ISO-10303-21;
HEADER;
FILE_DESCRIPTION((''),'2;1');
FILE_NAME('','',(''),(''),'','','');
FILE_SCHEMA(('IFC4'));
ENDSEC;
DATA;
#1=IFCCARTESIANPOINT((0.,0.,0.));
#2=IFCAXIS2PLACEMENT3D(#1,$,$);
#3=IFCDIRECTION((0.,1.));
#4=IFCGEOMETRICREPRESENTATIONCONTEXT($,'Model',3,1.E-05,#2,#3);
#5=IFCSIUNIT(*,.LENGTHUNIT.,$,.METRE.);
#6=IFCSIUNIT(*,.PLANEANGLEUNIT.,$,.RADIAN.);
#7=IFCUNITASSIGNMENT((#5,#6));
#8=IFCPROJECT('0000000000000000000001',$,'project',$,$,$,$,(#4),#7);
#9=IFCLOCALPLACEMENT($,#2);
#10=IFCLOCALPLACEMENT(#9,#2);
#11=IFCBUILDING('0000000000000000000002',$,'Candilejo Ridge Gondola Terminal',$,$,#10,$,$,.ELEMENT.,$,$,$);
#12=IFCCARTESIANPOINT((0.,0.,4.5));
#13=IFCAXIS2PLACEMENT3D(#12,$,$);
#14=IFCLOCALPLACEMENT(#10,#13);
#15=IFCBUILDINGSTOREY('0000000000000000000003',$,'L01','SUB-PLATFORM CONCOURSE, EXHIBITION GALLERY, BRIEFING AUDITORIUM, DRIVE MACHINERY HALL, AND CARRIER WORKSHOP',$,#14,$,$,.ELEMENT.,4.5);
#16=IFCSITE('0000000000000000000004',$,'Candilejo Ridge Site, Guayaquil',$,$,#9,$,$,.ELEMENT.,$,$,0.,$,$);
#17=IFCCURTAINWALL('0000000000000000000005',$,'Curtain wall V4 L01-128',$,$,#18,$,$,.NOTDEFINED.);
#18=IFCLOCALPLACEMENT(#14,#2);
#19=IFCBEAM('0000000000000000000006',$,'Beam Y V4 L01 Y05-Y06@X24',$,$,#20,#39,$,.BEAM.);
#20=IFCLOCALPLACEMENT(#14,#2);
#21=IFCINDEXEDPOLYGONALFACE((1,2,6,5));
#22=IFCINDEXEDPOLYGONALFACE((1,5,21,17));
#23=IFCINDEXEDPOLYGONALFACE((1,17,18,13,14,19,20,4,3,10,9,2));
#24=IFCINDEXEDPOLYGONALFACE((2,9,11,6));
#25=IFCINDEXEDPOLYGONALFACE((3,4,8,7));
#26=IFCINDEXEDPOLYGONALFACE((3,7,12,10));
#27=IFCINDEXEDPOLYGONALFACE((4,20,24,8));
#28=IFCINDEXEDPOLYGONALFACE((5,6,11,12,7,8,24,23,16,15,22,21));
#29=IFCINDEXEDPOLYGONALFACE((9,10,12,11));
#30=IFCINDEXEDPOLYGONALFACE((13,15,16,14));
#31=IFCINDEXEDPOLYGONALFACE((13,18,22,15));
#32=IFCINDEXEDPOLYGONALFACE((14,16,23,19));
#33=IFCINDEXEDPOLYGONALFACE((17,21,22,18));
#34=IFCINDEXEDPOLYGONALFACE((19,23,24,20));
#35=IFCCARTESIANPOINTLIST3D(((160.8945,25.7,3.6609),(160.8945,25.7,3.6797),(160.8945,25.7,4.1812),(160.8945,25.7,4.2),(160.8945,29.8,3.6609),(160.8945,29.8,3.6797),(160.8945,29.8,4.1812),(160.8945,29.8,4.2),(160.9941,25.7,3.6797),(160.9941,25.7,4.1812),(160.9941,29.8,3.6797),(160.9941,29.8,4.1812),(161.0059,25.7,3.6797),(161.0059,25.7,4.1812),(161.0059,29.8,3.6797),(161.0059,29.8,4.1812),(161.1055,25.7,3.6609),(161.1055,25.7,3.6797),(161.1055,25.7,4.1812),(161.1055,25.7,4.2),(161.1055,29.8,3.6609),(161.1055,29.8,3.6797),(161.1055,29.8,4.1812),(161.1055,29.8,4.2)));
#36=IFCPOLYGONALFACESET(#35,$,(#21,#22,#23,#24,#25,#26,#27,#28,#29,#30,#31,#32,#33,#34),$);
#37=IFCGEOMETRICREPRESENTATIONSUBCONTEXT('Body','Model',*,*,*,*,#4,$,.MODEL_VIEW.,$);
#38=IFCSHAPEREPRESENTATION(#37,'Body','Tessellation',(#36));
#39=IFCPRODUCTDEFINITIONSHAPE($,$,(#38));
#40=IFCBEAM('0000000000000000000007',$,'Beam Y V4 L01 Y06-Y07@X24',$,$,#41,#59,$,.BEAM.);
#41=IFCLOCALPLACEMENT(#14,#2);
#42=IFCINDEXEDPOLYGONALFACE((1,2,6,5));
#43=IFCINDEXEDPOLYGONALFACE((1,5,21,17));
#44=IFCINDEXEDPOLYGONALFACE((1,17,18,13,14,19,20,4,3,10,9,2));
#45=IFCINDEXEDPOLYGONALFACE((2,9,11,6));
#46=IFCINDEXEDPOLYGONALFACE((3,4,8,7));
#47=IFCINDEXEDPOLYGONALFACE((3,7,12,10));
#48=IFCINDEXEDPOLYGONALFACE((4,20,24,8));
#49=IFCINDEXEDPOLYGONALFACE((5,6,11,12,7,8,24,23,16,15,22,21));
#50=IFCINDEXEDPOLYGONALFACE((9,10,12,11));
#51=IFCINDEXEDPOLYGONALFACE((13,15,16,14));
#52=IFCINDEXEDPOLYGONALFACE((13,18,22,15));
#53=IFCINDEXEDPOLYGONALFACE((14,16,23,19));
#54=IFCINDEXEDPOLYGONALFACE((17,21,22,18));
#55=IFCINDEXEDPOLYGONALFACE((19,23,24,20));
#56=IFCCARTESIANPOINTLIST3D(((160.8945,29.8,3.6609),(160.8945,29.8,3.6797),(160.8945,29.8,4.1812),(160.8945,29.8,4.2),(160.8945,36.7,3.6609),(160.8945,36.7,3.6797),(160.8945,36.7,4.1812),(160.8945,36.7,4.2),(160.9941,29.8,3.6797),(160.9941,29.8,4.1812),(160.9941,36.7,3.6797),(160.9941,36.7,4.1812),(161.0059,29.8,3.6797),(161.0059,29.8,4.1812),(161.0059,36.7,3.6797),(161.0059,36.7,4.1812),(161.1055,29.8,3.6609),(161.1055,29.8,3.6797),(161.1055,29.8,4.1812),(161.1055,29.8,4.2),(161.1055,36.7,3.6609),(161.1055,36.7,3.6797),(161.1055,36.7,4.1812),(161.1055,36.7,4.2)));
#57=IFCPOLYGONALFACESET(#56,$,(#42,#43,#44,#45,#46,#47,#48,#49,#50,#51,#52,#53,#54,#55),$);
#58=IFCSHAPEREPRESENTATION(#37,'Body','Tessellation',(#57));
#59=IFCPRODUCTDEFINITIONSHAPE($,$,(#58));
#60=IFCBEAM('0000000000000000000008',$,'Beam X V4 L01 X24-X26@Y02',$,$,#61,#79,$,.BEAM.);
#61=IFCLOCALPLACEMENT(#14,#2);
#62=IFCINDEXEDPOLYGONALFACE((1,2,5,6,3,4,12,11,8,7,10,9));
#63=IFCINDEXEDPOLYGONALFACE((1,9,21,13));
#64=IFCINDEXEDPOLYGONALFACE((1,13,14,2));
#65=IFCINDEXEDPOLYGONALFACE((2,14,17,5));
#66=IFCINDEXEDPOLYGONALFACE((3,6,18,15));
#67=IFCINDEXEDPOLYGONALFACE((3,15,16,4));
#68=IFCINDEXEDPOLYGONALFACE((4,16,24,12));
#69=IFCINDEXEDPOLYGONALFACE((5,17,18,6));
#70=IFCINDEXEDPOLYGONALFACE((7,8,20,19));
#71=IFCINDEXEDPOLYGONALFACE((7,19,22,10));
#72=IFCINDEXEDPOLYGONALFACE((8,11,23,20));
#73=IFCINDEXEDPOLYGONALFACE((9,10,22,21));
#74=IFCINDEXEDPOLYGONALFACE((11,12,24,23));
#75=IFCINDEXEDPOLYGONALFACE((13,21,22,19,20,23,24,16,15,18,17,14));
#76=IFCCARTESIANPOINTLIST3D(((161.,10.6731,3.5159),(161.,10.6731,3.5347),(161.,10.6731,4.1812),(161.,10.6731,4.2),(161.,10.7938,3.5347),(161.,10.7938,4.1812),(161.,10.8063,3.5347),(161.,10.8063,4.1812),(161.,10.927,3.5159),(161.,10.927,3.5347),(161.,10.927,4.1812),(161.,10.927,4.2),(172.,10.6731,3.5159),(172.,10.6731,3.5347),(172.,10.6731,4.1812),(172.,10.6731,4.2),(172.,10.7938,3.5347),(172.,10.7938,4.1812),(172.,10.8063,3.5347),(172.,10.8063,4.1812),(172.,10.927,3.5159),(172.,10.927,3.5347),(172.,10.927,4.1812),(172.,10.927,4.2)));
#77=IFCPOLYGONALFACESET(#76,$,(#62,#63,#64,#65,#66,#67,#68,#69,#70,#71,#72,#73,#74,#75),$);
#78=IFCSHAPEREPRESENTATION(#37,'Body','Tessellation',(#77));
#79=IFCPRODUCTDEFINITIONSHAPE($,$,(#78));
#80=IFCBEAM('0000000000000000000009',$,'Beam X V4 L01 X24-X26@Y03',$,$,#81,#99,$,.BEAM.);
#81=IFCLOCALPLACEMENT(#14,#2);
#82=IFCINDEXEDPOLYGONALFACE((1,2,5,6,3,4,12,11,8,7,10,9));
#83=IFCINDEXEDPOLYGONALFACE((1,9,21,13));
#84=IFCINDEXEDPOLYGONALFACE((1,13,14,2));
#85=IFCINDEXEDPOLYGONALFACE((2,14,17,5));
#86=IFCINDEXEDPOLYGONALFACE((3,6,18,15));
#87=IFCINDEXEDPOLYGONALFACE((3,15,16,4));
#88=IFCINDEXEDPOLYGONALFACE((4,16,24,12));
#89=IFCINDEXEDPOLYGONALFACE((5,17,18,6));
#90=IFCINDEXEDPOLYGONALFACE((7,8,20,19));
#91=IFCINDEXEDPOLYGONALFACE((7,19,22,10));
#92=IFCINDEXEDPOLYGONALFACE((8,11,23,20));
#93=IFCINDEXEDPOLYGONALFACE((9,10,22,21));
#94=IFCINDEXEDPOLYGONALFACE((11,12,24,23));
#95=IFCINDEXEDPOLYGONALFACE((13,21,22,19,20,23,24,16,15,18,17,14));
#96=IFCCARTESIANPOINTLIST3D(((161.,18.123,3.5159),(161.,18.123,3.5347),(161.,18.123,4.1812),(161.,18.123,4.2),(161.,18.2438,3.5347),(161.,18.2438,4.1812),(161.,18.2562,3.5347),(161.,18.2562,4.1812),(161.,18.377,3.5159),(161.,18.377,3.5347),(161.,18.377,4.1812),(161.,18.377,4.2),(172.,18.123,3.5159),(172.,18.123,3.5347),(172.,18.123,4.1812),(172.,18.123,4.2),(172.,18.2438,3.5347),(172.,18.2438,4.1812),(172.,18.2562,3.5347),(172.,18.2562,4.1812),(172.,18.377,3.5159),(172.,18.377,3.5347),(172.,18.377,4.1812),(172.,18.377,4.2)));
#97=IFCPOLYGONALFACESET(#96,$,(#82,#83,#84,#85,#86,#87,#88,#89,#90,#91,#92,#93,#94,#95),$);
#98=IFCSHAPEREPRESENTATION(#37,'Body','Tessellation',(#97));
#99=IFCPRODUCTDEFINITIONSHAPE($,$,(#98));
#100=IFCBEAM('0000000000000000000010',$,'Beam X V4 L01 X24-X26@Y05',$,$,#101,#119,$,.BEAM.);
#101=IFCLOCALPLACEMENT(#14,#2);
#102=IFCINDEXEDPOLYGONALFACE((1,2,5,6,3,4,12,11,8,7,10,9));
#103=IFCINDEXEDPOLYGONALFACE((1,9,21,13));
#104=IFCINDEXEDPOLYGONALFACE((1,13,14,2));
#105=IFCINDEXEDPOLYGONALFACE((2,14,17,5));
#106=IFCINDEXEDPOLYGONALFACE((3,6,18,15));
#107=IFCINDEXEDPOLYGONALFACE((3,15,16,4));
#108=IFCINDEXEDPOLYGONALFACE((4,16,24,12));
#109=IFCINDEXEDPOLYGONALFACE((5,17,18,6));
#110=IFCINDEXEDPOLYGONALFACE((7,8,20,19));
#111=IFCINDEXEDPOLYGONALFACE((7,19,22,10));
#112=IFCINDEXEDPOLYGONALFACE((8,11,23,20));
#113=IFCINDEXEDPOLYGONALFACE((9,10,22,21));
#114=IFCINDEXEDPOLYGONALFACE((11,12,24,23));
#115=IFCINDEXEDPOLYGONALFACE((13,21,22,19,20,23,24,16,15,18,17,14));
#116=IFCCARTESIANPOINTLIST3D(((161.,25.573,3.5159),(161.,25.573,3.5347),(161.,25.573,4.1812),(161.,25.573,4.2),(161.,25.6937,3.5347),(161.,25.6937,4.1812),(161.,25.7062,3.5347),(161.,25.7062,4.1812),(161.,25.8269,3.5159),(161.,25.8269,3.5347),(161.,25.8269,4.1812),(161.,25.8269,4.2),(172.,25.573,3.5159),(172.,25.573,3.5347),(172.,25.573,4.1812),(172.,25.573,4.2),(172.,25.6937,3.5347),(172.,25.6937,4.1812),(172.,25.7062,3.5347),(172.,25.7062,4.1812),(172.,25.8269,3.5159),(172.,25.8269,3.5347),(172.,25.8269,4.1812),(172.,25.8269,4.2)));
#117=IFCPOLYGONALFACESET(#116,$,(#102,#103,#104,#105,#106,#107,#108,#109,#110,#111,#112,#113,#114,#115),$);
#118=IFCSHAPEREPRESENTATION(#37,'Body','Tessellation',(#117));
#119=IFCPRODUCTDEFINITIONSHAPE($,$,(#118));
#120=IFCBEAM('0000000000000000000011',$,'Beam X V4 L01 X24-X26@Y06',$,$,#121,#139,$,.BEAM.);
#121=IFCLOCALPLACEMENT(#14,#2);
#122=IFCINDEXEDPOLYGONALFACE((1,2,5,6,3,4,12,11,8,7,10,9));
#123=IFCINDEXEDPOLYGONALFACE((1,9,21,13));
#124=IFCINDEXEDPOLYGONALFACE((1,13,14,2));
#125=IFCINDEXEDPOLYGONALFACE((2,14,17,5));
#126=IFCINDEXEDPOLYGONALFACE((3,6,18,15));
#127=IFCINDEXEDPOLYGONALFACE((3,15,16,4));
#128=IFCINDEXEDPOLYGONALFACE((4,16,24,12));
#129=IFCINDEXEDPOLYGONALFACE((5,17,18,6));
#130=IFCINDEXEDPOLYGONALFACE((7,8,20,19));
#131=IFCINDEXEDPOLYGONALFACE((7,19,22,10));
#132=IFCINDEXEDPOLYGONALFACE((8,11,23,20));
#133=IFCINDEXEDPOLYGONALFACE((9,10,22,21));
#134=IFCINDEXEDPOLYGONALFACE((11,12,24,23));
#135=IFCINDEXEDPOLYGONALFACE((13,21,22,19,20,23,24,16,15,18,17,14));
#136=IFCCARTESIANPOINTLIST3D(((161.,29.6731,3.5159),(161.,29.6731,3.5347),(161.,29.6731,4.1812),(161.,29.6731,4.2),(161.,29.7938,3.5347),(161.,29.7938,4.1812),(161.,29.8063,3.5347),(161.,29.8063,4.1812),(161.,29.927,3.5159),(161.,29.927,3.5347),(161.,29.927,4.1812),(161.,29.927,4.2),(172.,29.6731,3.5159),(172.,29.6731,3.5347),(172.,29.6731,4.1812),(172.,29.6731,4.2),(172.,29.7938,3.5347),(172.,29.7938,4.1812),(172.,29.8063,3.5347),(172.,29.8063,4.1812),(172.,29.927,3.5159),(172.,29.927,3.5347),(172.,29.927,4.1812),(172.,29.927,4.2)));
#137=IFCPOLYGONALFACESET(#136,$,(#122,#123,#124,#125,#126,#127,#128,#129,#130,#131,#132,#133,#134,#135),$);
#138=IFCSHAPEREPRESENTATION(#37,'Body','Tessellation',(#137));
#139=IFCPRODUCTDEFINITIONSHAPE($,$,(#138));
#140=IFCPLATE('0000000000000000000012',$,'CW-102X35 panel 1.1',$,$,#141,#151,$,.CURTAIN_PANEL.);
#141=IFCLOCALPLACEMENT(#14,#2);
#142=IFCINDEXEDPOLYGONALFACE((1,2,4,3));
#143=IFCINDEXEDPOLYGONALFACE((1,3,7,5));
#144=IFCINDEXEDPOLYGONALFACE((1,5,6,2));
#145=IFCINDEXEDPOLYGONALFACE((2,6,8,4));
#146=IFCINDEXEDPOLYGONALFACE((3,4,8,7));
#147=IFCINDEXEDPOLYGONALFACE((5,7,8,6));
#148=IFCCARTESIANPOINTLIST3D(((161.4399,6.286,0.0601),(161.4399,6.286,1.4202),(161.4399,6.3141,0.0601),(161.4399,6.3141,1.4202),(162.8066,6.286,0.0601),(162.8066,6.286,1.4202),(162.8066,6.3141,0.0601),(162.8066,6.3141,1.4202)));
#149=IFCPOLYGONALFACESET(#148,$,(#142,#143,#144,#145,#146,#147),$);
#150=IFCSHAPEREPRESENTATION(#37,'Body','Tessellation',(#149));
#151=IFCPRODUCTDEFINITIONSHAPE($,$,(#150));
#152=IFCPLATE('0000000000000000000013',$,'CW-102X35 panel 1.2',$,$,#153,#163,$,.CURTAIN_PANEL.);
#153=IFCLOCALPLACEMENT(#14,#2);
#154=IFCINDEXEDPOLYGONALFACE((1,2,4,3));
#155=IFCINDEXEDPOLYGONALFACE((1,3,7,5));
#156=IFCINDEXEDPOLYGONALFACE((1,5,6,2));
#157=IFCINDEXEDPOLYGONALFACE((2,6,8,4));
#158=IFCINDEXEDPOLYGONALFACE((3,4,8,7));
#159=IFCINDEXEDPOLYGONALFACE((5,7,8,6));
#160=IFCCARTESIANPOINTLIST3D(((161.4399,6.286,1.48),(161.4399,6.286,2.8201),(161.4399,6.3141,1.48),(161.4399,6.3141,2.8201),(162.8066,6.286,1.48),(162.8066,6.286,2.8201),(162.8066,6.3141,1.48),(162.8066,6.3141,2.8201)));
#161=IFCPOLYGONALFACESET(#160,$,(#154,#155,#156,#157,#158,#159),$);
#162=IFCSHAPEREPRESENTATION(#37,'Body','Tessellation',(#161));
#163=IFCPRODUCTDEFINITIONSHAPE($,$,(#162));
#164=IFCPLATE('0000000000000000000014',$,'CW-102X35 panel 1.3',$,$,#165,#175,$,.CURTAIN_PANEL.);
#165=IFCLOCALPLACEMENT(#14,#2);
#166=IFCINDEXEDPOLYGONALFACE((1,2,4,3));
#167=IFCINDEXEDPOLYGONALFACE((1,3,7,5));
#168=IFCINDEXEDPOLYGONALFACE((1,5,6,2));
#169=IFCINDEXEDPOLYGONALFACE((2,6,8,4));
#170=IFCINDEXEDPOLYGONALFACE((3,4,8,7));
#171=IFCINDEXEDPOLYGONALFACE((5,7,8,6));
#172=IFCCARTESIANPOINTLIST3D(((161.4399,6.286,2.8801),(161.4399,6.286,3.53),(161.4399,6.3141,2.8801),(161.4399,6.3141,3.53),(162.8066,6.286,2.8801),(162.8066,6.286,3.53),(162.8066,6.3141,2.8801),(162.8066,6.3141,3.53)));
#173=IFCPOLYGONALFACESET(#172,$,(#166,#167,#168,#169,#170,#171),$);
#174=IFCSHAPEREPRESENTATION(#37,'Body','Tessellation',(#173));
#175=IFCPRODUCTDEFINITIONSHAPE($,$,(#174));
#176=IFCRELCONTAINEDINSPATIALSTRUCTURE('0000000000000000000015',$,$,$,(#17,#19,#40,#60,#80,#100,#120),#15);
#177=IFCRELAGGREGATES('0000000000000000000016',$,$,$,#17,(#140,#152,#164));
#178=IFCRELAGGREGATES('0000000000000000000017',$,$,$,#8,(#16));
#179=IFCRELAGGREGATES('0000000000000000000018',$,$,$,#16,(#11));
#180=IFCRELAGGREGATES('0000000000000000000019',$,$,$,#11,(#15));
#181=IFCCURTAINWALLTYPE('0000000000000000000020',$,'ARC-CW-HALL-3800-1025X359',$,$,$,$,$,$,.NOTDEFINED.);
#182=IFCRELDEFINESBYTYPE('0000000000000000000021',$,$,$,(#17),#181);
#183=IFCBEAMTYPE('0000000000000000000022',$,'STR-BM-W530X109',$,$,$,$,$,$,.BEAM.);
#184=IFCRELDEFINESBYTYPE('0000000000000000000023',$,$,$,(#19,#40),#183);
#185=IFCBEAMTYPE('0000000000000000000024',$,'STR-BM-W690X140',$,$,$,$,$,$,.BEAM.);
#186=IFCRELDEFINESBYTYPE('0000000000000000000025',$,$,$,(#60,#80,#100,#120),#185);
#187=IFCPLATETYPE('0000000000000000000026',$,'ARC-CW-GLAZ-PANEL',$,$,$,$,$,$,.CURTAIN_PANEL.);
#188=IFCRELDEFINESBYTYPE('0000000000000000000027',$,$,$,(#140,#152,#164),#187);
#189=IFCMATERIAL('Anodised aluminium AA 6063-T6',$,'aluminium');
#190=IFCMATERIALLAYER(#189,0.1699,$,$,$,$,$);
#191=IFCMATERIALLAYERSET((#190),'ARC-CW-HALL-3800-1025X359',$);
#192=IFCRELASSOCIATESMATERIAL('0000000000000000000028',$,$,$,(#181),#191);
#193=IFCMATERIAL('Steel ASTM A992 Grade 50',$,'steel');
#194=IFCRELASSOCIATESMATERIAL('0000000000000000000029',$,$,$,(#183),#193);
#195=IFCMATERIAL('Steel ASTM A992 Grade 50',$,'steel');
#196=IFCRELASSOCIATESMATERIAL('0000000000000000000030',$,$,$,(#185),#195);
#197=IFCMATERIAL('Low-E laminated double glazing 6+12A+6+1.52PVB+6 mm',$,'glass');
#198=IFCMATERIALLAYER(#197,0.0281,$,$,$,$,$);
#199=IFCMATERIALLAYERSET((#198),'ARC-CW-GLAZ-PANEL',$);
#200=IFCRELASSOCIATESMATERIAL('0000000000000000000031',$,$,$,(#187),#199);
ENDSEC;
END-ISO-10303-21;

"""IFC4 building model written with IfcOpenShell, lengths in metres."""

from ifc_helpers import new_model, si_unit, direction, frame, origin, origin_2d, place, context, subcontext, project, spatial, rectangle, i_section, extrude, material, layer, layer_set, material_profile, profile_set, type_object, element, aggregate, save


model = new_model("IFC4")

# Units and contexts
model_context = context("Model", 3, precision=1e-05, world=origin(), true_north=direction((0.0, 1.0)))
body_context = subcontext(model_context, "Body", "Model", "MODEL_VIEW")
ifc_project = project(units=[si_unit("LENGTHUNIT", "METRE"), si_unit("PLANEANGLEUNIT", "RADIAN")], contexts=[model_context])

# Site, building, storey
site_placement = place(None, origin())
site = spatial("IfcSite", under=ifc_project, at=site_placement, Name="Candilejo Ridge Site, Guayaquil", CompositionType="ELEMENT", RefElevation=0.0)
building_placement = place(site_placement, origin())
building = spatial("IfcBuilding", under=site, at=building_placement, Name="Candilejo Ridge Gondola Terminal", CompositionType="ELEMENT")
storey_placement = place(building_placement, frame((0.0, 0.0, 4.5)))
storey = spatial("IfcBuildingStorey", under=building, at=storey_placement, Name="L01", Description="SUB-PLATFORM CONCOURSE, EXHIBITION GALLERY, BRIEFING AUDITORIUM, DRIVE MACHINERY HALL, AND CARRIER WORKSHOP", CompositionType="ELEMENT", Elevation=4.5)

# Curtain wall
ifc_material_1 = material(Name="Anodised aluminium AA 6063-T6", Category="aluminium")
ifc_layer_1 = layer(ifc_material_1, 0.1699)
ifc_layer_set_1 = layer_set([ifc_layer_1], Name="ARC-CW-HALL-3800-1025X359")
curtain_wall_type = type_object("IfcCurtainWallType", Name="ARC-CW-HALL-3800-1025X359", PredefinedType="NOTDEFINED", material=ifc_layer_set_1)
curtain_wall_placement = place(storey_placement, origin())
curtain_wall = element("IfcCurtainWall", 1, at=curtain_wall_placement, inside=storey, type_object=curtain_wall_type, Name="Curtain wall V4 L01-128", PredefinedType="NOTDEFINED")

# Beams
ifc_material_2 = material(Name="Steel ASTM A992 Grade 50", Category="steel")
ifc_material_profile_1 = material_profile(ifc_material_2, i_section(OverallWidth=0.2109, OverallDepth=0.5391, WebThickness=0.0117, FlangeThickness=0.0188, at=origin_2d()))
ifc_profile_set_1 = profile_set([ifc_material_profile_1], Name="Steel ASTM A992 Grade 50")
beam_type_1 = type_object("IfcBeamType", Name="STR-BM-W530X109", PredefinedType="BEAM", material=ifc_profile_set_1)
beam_1_placement = place(storey_placement, frame((161.0, 25.7, 3.9304), z_axis=(0.0, 1.0, 0.0), x_axis=(-1.0, 0.0, 0.0)))
element("IfcBeam", 2, at=beam_1_placement, inside=storey, type_object=beam_type_1, Name="Beam Y V4 L01 Y05-Y06@X24", PredefinedType="BEAM", context=body_context, shape_type="SweptSolid", body=[
    extrude(i_section(OverallWidth=0.2109, OverallDepth=0.5391, WebThickness=0.0117, FlangeThickness=0.0188, at=origin_2d()), origin(), (0.0, 0.0, 1.0), 4.1001),
])
beam_2_placement = place(storey_placement, frame((161.0, 29.8, 3.9304), z_axis=(0.0, 1.0, 0.0), x_axis=(-1.0, 0.0, 0.0)))
element("IfcBeam", 3, at=beam_2_placement, inside=storey, type_object=beam_type_1, Name="Beam Y V4 L01 Y06-Y07@X24", PredefinedType="BEAM", context=body_context, shape_type="SweptSolid", body=[
    extrude(i_section(OverallWidth=0.2109, OverallDepth=0.5391, WebThickness=0.0117, FlangeThickness=0.0188, at=origin_2d()), origin(), (0.0, 0.0, 1.0), 6.8999),
])
ifc_material_3 = material(Name="Steel ASTM A992 Grade 50", Category="steel")
ifc_material_profile_2 = material_profile(ifc_material_3, i_section(OverallWidth=0.2539, OverallDepth=0.6841, WebThickness=0.0125, FlangeThickness=0.0188, at=origin_2d()))
ifc_profile_set_2 = profile_set([ifc_material_profile_2], Name="Steel ASTM A992 Grade 50")
beam_type_2 = type_object("IfcBeamType", Name="STR-BM-W690X140", PredefinedType="BEAM", material=ifc_profile_set_2)
for number, where, z_axis, x_axis, name in (
    (4, (161.0, 10.8, 3.8579), (1.0, 0.0, 0.0), (0.0, 1.0, 0.0), "Beam X V4 L01 X24-X26@Y02"),
    (5, (161.0, 18.25, 3.8579), (1.0, 0.0, 0.0), (0.0, 1.0, 0.0), "Beam X V4 L01 X24-X26@Y03"),
    (6, (161.0, 25.7, 3.8579), (1.0, 0.0, 0.0), (0.0, 1.0, 0.0), "Beam X V4 L01 X24-X26@Y05"),
    (7, (161.0, 29.8, 3.8579), (1.0, 0.0, 0.0), (0.0, 1.0, 0.0), "Beam X V4 L01 X24-X26@Y06"),
):
    element("IfcBeam", number, at=place(storey_placement, frame(where, z_axis=z_axis, x_axis=x_axis)), inside=storey, type_object=beam_type_2, Name=name, PredefinedType="BEAM", context=body_context, shape_type="SweptSolid", body=[
        extrude(i_section(OverallWidth=0.2539, OverallDepth=0.6841, WebThickness=0.0125, FlangeThickness=0.0188, at=origin_2d()), origin(), (0.0, 0.0, 1.0), 11.0),
    ])

# Plates
ifc_material_4 = material(Name="Low-E laminated double glazing 6+12A+6+1.52PVB+6 mm", Category="glass")
ifc_layer_2 = layer(ifc_material_4, 0.0281)
ifc_layer_set_2 = layer_set([ifc_layer_2], Name="ARC-CW-GLAZ-PANEL")
plate_type = type_object("IfcPlateType", Name="ARC-CW-GLAZ-PANEL", PredefinedType="CURTAIN_PANEL", material=ifc_layer_set_2)
plate_1_placement = place(storey_placement, frame((162.1233, 6.3, 0.0601), z_axis=(0.0, 0.0, 1.0), x_axis=(1.0, 0.0, 0.0)))
plate_1 = element("IfcPlate", 8, at=plate_1_placement, type_object=plate_type, Name="CW-102X35 panel 1.1", PredefinedType="CURTAIN_PANEL", context=body_context, shape_type="SweptSolid", body=[
    extrude(rectangle(XDim=1.3667, YDim=0.0281, at=origin_2d()), origin(), (0.0, 0.0, 1.0), 1.3601),
])
plate_2_placement = place(storey_placement, frame((162.1233, 6.3, 1.48), z_axis=(0.0, 0.0, 1.0), x_axis=(1.0, 0.0, 0.0)))
plate_2 = element("IfcPlate", 9, at=plate_2_placement, type_object=plate_type, Name="CW-102X35 panel 1.2", PredefinedType="CURTAIN_PANEL", context=body_context, shape_type="SweptSolid", body=[
    extrude(rectangle(XDim=1.3667, YDim=0.0281, at=origin_2d()), origin(), (0.0, 0.0, 1.0), 1.3401),
])
plate_3_placement = place(storey_placement, frame((162.1233, 6.3, 2.8801), z_axis=(0.0, 0.0, 1.0), x_axis=(1.0, 0.0, 0.0)))
plate_3 = element("IfcPlate", 10, at=plate_3_placement, type_object=plate_type, Name="CW-102X35 panel 1.3", PredefinedType="CURTAIN_PANEL", context=body_context, shape_type="SweptSolid", body=[
    extrude(rectangle(XDim=1.3667, YDim=0.0281, at=origin_2d()), origin(), (0.0, 0.0, 1.0), 0.6499),
])
aggregate(curtain_wall, [plate_1, plate_2, plate_3])

save(model, "model.ifc")
